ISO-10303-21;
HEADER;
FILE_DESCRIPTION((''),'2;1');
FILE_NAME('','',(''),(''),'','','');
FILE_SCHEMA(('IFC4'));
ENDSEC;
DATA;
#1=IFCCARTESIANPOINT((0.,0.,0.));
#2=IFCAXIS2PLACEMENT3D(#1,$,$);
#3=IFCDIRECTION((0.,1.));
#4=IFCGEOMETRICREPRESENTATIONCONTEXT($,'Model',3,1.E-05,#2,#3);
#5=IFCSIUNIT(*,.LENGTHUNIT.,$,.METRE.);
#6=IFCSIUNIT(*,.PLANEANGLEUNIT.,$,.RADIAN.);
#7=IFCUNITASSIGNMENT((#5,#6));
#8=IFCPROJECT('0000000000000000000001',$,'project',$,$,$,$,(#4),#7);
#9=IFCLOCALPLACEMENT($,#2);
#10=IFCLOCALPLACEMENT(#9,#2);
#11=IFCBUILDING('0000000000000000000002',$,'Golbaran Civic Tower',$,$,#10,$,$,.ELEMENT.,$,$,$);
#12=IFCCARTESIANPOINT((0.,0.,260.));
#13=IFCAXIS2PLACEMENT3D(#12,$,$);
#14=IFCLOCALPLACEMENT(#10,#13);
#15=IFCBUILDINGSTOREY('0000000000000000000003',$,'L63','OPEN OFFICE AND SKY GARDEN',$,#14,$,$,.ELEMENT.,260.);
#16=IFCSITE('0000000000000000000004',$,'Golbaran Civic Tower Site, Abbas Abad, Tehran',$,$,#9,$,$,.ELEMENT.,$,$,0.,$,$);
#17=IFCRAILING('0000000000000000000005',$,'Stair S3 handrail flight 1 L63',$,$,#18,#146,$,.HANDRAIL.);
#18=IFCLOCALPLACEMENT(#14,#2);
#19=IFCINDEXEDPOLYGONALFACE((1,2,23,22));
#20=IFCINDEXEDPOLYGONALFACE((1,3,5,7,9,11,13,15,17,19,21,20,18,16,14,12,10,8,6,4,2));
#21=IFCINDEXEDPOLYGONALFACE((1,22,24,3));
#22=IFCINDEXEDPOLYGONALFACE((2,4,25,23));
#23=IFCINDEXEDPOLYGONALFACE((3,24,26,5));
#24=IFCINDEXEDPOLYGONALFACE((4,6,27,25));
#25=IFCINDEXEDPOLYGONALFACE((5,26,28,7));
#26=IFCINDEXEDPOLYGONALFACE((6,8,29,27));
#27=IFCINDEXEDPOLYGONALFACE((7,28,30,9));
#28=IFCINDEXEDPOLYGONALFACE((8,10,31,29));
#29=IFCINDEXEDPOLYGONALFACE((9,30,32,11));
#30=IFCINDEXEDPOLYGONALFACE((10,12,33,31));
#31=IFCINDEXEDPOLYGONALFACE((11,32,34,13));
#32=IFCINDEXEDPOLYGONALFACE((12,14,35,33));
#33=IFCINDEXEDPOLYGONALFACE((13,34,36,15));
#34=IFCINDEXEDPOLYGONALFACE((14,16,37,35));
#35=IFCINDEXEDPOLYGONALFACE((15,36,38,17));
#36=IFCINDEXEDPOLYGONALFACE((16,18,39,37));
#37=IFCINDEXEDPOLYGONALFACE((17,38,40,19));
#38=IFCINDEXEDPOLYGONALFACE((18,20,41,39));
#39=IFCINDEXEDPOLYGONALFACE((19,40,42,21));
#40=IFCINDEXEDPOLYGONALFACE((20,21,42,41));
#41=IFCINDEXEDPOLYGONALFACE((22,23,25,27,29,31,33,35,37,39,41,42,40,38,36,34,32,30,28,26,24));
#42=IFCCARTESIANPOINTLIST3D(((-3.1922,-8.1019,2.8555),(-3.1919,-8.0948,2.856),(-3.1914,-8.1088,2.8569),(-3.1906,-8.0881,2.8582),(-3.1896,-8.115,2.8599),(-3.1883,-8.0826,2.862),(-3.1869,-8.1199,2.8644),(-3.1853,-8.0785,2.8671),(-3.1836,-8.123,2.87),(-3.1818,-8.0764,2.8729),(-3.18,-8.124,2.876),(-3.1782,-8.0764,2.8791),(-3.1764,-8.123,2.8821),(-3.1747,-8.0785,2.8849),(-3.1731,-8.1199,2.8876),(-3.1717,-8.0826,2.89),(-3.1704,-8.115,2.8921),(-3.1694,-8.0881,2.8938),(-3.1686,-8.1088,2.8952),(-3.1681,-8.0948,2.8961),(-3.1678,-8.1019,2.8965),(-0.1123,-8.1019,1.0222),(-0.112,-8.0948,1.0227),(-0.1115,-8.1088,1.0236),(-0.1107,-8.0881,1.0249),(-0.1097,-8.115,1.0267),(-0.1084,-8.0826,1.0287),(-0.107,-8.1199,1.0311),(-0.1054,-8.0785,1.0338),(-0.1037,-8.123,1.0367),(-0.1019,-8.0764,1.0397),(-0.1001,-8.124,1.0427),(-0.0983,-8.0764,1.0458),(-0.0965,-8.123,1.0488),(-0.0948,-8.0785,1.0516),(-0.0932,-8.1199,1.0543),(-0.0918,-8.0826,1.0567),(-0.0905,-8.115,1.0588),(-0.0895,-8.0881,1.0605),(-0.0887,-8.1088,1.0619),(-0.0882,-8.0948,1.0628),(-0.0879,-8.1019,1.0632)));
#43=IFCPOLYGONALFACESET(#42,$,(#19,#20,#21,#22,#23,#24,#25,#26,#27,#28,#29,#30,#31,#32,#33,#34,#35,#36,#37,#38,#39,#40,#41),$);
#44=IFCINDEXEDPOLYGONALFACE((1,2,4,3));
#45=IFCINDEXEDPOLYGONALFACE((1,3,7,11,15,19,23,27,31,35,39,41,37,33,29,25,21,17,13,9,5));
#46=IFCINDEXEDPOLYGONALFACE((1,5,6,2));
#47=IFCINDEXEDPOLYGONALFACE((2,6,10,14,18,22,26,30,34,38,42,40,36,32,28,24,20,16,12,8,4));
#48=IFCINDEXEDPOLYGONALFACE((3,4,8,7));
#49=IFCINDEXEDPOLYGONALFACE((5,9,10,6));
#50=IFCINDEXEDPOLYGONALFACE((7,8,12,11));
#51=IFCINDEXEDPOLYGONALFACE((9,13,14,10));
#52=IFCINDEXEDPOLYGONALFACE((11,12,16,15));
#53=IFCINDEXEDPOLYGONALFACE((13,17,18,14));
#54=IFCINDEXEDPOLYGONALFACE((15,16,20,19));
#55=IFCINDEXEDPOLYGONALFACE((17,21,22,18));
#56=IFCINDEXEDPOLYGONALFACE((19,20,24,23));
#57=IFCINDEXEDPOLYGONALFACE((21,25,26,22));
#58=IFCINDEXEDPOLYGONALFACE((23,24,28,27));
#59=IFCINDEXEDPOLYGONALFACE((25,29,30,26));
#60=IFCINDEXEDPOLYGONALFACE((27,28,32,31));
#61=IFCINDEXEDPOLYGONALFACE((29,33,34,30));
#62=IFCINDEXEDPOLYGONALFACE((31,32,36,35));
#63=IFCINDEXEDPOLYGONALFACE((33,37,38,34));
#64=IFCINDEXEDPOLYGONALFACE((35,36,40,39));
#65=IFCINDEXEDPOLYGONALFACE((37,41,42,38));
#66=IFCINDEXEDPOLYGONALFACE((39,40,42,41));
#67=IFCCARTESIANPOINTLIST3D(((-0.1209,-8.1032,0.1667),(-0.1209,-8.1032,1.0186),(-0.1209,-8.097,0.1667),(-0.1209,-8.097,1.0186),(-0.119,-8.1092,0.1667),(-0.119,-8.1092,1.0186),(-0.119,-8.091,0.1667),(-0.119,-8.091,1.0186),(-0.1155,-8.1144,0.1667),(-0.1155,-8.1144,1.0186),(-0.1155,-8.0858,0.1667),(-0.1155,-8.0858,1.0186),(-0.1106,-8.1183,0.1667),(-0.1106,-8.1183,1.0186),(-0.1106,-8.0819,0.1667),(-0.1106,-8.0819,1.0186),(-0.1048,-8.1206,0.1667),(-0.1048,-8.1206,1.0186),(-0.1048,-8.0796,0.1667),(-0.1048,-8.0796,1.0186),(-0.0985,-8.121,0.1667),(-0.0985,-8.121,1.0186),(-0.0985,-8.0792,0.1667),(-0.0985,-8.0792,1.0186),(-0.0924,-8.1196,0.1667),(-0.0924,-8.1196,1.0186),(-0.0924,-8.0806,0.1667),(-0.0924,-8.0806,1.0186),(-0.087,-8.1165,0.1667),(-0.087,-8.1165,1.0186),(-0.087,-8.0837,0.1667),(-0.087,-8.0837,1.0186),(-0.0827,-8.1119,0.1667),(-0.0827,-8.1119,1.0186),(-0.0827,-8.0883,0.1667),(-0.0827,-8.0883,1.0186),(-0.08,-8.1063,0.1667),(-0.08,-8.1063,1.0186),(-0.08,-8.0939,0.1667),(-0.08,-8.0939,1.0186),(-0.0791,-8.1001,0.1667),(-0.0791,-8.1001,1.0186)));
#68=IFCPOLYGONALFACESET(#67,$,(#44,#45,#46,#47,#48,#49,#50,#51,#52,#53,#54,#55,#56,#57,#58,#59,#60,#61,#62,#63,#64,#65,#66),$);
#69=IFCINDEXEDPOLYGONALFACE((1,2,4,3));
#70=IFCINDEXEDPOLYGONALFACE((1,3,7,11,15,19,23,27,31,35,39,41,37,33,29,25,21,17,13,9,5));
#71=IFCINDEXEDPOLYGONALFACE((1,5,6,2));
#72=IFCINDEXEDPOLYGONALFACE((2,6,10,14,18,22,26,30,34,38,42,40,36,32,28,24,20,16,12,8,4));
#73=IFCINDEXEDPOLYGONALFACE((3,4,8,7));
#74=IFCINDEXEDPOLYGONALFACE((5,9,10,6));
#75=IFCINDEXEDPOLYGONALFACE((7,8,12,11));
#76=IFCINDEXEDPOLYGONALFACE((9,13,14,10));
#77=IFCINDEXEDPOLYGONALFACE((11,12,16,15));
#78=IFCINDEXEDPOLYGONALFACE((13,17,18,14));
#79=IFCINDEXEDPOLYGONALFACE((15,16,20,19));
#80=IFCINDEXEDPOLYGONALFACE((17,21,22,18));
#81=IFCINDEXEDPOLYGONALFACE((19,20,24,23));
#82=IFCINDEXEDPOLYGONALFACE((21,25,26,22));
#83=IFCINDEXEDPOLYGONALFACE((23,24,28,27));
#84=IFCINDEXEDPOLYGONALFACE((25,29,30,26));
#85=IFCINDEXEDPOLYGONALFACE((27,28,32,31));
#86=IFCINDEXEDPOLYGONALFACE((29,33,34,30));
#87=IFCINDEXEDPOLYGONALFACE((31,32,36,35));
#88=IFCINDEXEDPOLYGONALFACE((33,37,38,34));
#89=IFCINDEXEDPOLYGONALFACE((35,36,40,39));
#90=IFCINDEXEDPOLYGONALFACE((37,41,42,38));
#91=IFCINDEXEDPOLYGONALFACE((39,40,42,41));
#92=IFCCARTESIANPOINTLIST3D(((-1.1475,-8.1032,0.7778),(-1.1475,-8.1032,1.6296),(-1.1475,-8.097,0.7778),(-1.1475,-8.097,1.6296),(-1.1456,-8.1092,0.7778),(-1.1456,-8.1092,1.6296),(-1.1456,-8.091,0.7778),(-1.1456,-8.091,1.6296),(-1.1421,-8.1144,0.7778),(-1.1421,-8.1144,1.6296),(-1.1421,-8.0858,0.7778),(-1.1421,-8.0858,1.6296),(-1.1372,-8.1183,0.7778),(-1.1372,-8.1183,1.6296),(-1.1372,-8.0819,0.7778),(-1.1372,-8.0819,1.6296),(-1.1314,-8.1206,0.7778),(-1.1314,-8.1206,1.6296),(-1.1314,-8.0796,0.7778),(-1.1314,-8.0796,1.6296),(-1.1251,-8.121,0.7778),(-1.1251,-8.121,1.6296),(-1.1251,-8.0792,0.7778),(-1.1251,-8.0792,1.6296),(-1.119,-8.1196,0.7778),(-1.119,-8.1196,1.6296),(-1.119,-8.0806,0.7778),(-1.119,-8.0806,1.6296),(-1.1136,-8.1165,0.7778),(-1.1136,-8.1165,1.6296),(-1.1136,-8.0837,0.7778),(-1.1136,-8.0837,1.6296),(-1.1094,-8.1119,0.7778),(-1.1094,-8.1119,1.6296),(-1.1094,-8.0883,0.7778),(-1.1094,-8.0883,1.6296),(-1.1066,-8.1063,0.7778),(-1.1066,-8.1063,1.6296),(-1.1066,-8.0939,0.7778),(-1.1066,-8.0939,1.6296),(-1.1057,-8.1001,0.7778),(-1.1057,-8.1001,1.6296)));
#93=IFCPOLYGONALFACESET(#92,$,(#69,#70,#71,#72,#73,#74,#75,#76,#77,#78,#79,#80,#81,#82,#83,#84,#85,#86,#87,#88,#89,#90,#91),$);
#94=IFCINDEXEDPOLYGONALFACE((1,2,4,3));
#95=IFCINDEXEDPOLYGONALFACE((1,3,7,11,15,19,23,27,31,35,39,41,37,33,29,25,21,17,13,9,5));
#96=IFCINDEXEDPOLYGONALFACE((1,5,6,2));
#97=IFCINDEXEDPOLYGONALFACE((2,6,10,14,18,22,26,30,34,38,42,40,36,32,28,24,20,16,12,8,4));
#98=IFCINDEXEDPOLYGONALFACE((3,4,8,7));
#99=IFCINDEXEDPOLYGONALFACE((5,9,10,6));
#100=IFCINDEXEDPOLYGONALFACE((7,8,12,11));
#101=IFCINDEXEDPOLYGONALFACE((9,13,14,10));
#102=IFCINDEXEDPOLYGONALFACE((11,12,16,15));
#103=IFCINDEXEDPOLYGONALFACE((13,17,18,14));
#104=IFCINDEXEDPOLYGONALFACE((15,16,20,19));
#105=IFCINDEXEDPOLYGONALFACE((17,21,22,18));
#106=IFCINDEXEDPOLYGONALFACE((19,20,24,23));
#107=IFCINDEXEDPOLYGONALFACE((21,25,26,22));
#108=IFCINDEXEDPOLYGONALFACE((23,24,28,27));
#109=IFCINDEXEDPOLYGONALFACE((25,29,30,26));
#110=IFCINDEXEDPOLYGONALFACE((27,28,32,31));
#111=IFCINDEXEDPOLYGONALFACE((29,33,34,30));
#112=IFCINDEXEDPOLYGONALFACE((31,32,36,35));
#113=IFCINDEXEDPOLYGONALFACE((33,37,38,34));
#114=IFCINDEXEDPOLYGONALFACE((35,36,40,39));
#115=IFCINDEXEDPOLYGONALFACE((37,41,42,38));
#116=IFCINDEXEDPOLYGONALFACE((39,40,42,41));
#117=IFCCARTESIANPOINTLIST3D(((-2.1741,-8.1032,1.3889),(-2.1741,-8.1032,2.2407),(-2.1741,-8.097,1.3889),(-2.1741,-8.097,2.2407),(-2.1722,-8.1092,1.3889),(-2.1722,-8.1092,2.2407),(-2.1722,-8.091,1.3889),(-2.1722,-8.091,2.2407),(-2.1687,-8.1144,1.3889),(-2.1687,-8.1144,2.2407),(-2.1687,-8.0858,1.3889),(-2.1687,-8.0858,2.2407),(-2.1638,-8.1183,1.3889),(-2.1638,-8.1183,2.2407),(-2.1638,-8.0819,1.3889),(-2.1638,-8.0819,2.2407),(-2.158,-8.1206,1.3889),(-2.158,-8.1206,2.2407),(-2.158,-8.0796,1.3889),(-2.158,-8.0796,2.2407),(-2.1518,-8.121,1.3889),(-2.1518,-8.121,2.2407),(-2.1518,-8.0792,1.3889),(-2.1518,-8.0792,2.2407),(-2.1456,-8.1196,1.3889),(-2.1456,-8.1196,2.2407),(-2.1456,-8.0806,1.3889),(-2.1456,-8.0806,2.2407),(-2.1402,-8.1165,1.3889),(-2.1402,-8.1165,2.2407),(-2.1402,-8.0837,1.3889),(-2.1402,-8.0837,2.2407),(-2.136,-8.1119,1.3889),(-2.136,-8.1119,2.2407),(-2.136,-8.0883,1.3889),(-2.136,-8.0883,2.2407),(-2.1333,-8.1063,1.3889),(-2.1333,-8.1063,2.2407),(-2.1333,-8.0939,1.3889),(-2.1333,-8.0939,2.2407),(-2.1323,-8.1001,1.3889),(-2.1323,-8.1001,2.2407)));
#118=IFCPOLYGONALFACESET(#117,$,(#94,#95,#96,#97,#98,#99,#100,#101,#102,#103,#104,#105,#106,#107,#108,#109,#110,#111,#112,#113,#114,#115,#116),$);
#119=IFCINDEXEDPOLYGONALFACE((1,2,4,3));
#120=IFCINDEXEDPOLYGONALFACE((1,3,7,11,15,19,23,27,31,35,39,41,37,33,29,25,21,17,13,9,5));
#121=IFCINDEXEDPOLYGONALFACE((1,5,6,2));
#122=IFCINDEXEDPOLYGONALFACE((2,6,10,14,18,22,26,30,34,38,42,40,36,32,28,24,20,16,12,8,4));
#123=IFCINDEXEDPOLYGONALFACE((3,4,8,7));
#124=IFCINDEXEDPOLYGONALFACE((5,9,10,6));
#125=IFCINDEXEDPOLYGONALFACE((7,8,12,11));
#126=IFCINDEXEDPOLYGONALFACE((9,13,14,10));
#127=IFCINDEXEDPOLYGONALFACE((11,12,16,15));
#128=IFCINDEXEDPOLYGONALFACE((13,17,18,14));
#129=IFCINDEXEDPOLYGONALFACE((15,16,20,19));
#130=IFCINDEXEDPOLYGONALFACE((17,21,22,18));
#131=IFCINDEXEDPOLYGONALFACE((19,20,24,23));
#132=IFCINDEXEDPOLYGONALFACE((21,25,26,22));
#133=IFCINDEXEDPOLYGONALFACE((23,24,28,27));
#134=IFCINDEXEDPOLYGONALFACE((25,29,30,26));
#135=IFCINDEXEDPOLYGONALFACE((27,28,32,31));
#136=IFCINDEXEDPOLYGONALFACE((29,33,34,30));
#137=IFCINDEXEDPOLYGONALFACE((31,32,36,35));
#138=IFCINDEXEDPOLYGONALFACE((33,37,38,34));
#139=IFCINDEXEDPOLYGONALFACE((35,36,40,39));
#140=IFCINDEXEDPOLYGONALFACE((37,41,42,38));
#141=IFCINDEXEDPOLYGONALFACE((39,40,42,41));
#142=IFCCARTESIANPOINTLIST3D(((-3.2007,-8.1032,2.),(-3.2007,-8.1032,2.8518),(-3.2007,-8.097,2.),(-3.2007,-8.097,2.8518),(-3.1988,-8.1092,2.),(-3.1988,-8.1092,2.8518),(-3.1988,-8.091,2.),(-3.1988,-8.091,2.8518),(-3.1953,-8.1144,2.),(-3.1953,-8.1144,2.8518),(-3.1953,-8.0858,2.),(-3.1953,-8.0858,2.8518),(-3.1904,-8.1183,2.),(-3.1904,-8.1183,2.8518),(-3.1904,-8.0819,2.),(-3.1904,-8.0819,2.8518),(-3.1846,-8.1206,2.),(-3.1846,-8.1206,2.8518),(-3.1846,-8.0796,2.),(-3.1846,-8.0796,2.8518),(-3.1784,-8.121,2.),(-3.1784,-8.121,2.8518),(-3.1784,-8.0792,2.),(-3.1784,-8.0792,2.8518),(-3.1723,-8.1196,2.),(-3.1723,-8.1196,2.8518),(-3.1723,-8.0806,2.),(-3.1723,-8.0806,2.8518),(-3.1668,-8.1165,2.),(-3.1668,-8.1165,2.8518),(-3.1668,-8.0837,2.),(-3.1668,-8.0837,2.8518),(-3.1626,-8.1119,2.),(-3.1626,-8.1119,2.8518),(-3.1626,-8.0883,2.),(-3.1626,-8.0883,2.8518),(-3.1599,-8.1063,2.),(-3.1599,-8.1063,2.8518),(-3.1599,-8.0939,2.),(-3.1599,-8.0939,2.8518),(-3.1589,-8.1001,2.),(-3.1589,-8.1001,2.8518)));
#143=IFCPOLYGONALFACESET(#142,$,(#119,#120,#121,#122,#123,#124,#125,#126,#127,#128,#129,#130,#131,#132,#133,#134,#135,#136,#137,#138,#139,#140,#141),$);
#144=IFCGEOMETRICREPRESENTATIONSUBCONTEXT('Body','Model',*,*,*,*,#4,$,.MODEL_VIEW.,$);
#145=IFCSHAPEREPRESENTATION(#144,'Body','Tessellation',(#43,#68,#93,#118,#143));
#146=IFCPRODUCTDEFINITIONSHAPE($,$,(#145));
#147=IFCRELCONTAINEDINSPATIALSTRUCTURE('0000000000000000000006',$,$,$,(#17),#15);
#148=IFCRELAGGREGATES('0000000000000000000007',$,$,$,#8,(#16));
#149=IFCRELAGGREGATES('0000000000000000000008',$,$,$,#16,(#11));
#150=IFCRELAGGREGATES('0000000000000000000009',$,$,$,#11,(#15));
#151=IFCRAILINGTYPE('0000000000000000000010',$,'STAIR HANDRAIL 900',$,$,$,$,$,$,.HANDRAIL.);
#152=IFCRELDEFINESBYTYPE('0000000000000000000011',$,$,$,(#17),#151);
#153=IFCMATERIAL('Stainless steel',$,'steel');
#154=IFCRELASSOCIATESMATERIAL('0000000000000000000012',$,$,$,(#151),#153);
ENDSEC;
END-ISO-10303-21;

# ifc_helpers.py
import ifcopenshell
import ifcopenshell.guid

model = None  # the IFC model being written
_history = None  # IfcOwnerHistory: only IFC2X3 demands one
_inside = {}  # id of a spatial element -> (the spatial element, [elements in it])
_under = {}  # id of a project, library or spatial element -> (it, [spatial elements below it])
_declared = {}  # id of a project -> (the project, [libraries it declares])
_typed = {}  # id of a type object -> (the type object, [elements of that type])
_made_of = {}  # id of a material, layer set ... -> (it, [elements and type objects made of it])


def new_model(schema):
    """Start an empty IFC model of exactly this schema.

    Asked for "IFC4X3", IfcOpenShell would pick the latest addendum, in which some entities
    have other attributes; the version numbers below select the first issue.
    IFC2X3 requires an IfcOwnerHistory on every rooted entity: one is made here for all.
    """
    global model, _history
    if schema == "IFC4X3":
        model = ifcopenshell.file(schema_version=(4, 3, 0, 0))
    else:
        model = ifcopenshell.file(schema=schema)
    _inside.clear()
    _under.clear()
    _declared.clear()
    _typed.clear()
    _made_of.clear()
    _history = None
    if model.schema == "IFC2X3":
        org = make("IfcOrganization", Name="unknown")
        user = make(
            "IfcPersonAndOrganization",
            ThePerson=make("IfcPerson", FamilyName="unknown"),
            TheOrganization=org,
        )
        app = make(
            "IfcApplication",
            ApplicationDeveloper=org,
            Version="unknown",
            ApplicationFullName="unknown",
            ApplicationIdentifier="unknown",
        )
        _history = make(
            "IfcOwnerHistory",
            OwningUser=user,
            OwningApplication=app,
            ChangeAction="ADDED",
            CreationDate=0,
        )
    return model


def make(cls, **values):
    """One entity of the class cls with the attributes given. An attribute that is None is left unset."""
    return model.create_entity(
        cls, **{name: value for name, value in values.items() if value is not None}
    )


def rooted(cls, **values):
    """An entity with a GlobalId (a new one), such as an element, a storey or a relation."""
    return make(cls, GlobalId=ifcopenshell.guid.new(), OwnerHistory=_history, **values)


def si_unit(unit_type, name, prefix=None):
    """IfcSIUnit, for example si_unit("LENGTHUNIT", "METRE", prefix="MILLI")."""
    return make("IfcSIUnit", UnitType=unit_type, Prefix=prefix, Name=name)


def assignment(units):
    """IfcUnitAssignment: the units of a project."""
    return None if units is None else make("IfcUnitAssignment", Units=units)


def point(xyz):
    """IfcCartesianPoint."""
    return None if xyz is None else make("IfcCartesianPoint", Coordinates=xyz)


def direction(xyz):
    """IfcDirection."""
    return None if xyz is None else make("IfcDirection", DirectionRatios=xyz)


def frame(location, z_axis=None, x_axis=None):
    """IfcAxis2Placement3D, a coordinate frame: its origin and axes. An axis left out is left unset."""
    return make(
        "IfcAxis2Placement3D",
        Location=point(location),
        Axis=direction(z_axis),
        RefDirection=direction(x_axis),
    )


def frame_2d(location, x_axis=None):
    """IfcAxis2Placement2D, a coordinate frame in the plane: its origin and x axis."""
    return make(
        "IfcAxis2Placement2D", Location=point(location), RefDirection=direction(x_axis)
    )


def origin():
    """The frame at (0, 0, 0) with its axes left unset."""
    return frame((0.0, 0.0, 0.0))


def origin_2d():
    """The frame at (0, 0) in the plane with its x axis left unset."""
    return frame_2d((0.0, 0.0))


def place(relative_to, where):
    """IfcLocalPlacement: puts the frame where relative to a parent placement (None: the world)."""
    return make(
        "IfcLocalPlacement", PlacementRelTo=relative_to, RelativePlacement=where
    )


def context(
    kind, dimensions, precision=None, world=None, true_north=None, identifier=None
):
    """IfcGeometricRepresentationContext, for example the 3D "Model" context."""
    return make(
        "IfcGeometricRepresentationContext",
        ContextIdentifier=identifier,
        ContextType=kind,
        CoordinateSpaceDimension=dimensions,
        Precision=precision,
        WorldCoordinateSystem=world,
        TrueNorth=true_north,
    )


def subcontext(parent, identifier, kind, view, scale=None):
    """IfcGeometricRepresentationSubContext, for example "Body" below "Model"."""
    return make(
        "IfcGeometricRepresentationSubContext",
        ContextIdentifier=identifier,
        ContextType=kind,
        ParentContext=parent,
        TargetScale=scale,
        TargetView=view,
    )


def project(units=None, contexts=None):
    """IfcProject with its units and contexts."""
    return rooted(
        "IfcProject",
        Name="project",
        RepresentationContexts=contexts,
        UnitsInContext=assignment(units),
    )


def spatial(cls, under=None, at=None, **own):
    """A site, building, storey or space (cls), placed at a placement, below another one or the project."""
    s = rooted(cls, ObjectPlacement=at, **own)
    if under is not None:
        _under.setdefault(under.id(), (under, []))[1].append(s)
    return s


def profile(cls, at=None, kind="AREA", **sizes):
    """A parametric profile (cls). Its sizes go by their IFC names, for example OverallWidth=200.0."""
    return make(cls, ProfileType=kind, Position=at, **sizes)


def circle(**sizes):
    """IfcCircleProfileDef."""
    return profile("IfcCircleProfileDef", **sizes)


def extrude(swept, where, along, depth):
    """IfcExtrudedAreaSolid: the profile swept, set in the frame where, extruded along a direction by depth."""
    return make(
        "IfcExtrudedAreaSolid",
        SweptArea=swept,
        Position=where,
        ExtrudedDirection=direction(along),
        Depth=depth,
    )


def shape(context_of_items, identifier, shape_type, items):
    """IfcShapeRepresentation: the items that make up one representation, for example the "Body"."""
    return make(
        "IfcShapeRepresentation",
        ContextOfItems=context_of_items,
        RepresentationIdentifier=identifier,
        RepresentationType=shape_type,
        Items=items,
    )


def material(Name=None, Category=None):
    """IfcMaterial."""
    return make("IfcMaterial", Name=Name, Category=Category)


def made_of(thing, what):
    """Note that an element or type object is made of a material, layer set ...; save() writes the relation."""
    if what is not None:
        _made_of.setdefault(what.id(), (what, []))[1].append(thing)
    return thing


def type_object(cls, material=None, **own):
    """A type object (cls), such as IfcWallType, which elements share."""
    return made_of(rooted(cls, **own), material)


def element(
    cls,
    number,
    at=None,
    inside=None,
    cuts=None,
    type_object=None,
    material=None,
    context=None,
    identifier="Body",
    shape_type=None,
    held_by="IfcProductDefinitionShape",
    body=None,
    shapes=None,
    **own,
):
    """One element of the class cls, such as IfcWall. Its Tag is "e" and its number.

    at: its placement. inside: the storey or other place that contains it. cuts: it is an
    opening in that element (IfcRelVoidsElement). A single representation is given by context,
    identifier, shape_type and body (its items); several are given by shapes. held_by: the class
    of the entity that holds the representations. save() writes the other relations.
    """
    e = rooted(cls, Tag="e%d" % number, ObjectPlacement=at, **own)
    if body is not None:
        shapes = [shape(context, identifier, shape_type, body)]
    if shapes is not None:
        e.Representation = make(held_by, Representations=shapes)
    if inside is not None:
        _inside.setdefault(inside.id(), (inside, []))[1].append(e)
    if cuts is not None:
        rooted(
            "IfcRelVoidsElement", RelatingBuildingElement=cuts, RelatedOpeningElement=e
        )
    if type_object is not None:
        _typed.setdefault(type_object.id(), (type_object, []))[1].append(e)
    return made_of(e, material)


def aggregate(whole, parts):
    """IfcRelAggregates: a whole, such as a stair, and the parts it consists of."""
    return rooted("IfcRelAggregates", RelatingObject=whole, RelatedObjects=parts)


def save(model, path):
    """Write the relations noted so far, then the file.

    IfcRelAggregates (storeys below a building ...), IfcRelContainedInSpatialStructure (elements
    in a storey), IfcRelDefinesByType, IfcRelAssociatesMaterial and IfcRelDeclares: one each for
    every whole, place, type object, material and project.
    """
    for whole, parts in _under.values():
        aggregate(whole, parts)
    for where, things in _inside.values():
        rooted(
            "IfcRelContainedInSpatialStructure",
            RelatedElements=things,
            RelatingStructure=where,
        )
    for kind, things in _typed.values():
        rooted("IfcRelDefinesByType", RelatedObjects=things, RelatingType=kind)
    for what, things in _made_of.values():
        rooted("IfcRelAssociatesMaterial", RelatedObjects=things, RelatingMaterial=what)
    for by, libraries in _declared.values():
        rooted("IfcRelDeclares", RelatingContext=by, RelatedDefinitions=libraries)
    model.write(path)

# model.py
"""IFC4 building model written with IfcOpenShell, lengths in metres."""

from ifc_helpers import new_model, si_unit, direction, frame, origin, origin_2d, place, context, subcontext, project, spatial, circle, extrude, material, type_object, element, save


model = new_model("IFC4")

# Units and contexts
model_context = context("Model", 3, precision=1e-05, world=origin(), true_north=direction((0.0, 1.0)))
body_context = subcontext(model_context, "Body", "Model", "MODEL_VIEW")
ifc_project = project(units=[si_unit("LENGTHUNIT", "METRE"), si_unit("PLANEANGLEUNIT", "RADIAN")], contexts=[model_context])

# Site, building, storey
site_placement = place(None, origin())
site = spatial("IfcSite", under=ifc_project, at=site_placement, Name="Golbaran Civic Tower Site, Abbas Abad, Tehran", CompositionType="ELEMENT", RefElevation=0.0)
building_placement = place(site_placement, origin())
building = spatial("IfcBuilding", under=site, at=building_placement, Name="Golbaran Civic Tower", CompositionType="ELEMENT")
storey_placement = place(building_placement, frame((0.0, 0.0, 260.0)))
storey = spatial("IfcBuildingStorey", under=building, at=storey_placement, Name="L63", Description="OPEN OFFICE AND SKY GARDEN", CompositionType="ELEMENT", Elevation=260.0)

# Railing
ifc_material_1 = material(Name="Stainless steel", Category="steel")
railing_type = type_object("IfcRailingType", Name="STAIR HANDRAIL 900", PredefinedType="HANDRAIL", material=ifc_material_1)
railing_placement = place(storey_placement, frame((-0.1001, -8.1001, 0.1667)))
element("IfcRailing", 1, at=railing_placement, inside=storey, type_object=railing_type, Name="Stair S3 handrail flight 1 L63", PredefinedType="HANDRAIL", context=body_context, shape_type="SweptSolid", body=[
    extrude(circle(Radius=0.0239, at=origin_2d()), frame((0.0, 0.0, 0.876), z_axis=(-0.859291, 0.0, 0.511487), x_axis=(0.0, -1.0, 0.0)), (0.0, 0.0, 1.0), 3.5842),
    extrude(circle(Radius=0.021, at=origin_2d()), origin(), (0.0, 0.0, 1.0), 0.8518),
    extrude(circle(Radius=0.021, at=origin_2d()), frame((-1.0266, 0.0, 0.6111)), (0.0, 0.0, 1.0), 0.8518),
    extrude(circle(Radius=0.021, at=origin_2d()), frame((-2.0532, 0.0, 1.2222)), (0.0, 0.0, 1.0), 0.8518),
    extrude(circle(Radius=0.021, at=origin_2d()), frame((-3.0798, 0.0, 1.8333)), (0.0, 0.0, 1.0), 0.8518),
])

save(model, "model.ifc")
